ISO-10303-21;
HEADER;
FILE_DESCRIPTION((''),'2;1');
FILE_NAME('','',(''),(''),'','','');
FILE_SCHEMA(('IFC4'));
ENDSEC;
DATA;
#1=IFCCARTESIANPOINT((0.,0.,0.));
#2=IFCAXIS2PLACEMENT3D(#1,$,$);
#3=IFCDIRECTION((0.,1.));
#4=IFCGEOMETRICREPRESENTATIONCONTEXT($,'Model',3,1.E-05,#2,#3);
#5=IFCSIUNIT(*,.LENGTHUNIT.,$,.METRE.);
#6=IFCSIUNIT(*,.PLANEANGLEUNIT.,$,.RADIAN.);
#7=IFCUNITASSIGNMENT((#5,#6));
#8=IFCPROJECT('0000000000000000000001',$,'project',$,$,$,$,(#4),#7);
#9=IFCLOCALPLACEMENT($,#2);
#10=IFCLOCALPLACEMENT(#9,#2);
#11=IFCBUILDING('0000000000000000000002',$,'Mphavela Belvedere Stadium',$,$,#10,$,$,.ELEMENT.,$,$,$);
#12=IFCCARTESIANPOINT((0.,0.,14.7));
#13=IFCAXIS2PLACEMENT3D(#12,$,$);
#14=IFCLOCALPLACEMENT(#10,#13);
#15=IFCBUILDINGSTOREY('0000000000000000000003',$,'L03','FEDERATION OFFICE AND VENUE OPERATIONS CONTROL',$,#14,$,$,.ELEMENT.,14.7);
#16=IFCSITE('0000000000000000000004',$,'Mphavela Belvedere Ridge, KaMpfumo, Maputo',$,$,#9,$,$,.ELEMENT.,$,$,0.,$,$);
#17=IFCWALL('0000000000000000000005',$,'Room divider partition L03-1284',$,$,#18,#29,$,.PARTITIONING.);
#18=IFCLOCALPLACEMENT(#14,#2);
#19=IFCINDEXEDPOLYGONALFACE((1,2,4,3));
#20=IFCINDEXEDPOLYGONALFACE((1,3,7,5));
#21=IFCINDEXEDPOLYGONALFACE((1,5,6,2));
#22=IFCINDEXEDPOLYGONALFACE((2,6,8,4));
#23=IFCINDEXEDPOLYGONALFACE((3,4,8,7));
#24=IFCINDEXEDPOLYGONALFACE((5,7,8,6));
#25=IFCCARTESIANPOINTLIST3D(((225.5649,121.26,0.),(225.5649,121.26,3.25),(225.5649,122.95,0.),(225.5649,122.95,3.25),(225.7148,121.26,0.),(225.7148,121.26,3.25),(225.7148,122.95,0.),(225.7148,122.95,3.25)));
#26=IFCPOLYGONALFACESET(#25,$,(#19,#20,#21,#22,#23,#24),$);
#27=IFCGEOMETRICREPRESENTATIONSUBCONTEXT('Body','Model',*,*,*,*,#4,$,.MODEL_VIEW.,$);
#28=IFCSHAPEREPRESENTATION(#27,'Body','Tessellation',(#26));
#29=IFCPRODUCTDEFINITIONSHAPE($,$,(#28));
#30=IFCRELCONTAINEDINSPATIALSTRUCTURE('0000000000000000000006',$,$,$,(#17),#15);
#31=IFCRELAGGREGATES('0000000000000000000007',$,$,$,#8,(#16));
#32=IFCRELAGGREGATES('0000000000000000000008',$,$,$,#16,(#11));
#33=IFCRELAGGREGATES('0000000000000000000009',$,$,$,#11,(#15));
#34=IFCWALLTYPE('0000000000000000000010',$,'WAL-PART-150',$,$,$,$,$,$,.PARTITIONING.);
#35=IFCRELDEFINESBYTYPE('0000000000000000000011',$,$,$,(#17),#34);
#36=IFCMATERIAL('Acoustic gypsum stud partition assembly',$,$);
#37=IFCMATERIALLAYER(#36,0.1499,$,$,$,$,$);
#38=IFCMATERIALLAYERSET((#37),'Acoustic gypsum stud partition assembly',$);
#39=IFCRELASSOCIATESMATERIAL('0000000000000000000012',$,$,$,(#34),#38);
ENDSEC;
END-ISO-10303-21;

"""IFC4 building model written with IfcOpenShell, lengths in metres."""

from ifc_helpers import new_model, si_unit, direction, frame, frame_2d, origin, place, context, subcontext, project, spatial, rectangle, extrude, material, layer, layer_set, type_object, element, save


model = new_model("IFC4")

# Units and contexts
model_context = context("Model", 3, precision=1e-05, world=origin(), true_north=direction((0.0, 1.0)))
body_context = subcontext(model_context, "Body", "Model", "MODEL_VIEW")
ifc_project = project(units=[si_unit("LENGTHUNIT", "METRE"), si_unit("PLANEANGLEUNIT", "RADIAN")], contexts=[model_context])

# Site, building, storey
site_placement = place(None, origin())
site = spatial("IfcSite", under=ifc_project, at=site_placement, Name="Mphavela Belvedere Ridge, KaMpfumo, Maputo", CompositionType="ELEMENT", RefElevation=0.0)
building_placement = place(site_placement, origin())
building = spatial("IfcBuilding", under=site, at=building_placement, Name="Mphavela Belvedere Stadium", CompositionType="ELEMENT")
storey_placement = place(building_placement, frame((0.0, 0.0, 14.7)))
storey = spatial("IfcBuildingStorey", under=building, at=storey_placement, Name="L03", Description="FEDERATION OFFICE AND VENUE OPERATIONS CONTROL", CompositionType="ELEMENT", Elevation=14.7)

# Shared definitions
ifc_material_1 = material(Name="Acoustic gypsum stud partition assembly")
ifc_layer_1 = layer(ifc_material_1, 0.1499)
ifc_layer_set_1 = layer_set([ifc_layer_1], Name="Acoustic gypsum stud partition assembly")
wall_type_1 = type_object("IfcWallType", Name="WAL-PART-150", PredefinedType="PARTITIONING", material=ifc_layer_set_1)

# Wall
wall_1_placement = place(storey_placement, frame((225.6399, 122.95, 0.0), z_axis=(0.0, 0.0, 1.0), x_axis=(0.0, -1.0, 0.0)))
element("IfcWall", 1, at=wall_1_placement, inside=storey, type_object=wall_type_1, Name="Room divider partition L03-1284", PredefinedType="PARTITIONING", context=body_context, shape_type="SweptSolid", body=[
    extrude(rectangle(XDim=1.6899, YDim=0.1499, at=frame_2d((0.845, 0.0))), origin(), (0.0, 0.0, 1.0), 3.25),
])

save(model, "model.ifc")
